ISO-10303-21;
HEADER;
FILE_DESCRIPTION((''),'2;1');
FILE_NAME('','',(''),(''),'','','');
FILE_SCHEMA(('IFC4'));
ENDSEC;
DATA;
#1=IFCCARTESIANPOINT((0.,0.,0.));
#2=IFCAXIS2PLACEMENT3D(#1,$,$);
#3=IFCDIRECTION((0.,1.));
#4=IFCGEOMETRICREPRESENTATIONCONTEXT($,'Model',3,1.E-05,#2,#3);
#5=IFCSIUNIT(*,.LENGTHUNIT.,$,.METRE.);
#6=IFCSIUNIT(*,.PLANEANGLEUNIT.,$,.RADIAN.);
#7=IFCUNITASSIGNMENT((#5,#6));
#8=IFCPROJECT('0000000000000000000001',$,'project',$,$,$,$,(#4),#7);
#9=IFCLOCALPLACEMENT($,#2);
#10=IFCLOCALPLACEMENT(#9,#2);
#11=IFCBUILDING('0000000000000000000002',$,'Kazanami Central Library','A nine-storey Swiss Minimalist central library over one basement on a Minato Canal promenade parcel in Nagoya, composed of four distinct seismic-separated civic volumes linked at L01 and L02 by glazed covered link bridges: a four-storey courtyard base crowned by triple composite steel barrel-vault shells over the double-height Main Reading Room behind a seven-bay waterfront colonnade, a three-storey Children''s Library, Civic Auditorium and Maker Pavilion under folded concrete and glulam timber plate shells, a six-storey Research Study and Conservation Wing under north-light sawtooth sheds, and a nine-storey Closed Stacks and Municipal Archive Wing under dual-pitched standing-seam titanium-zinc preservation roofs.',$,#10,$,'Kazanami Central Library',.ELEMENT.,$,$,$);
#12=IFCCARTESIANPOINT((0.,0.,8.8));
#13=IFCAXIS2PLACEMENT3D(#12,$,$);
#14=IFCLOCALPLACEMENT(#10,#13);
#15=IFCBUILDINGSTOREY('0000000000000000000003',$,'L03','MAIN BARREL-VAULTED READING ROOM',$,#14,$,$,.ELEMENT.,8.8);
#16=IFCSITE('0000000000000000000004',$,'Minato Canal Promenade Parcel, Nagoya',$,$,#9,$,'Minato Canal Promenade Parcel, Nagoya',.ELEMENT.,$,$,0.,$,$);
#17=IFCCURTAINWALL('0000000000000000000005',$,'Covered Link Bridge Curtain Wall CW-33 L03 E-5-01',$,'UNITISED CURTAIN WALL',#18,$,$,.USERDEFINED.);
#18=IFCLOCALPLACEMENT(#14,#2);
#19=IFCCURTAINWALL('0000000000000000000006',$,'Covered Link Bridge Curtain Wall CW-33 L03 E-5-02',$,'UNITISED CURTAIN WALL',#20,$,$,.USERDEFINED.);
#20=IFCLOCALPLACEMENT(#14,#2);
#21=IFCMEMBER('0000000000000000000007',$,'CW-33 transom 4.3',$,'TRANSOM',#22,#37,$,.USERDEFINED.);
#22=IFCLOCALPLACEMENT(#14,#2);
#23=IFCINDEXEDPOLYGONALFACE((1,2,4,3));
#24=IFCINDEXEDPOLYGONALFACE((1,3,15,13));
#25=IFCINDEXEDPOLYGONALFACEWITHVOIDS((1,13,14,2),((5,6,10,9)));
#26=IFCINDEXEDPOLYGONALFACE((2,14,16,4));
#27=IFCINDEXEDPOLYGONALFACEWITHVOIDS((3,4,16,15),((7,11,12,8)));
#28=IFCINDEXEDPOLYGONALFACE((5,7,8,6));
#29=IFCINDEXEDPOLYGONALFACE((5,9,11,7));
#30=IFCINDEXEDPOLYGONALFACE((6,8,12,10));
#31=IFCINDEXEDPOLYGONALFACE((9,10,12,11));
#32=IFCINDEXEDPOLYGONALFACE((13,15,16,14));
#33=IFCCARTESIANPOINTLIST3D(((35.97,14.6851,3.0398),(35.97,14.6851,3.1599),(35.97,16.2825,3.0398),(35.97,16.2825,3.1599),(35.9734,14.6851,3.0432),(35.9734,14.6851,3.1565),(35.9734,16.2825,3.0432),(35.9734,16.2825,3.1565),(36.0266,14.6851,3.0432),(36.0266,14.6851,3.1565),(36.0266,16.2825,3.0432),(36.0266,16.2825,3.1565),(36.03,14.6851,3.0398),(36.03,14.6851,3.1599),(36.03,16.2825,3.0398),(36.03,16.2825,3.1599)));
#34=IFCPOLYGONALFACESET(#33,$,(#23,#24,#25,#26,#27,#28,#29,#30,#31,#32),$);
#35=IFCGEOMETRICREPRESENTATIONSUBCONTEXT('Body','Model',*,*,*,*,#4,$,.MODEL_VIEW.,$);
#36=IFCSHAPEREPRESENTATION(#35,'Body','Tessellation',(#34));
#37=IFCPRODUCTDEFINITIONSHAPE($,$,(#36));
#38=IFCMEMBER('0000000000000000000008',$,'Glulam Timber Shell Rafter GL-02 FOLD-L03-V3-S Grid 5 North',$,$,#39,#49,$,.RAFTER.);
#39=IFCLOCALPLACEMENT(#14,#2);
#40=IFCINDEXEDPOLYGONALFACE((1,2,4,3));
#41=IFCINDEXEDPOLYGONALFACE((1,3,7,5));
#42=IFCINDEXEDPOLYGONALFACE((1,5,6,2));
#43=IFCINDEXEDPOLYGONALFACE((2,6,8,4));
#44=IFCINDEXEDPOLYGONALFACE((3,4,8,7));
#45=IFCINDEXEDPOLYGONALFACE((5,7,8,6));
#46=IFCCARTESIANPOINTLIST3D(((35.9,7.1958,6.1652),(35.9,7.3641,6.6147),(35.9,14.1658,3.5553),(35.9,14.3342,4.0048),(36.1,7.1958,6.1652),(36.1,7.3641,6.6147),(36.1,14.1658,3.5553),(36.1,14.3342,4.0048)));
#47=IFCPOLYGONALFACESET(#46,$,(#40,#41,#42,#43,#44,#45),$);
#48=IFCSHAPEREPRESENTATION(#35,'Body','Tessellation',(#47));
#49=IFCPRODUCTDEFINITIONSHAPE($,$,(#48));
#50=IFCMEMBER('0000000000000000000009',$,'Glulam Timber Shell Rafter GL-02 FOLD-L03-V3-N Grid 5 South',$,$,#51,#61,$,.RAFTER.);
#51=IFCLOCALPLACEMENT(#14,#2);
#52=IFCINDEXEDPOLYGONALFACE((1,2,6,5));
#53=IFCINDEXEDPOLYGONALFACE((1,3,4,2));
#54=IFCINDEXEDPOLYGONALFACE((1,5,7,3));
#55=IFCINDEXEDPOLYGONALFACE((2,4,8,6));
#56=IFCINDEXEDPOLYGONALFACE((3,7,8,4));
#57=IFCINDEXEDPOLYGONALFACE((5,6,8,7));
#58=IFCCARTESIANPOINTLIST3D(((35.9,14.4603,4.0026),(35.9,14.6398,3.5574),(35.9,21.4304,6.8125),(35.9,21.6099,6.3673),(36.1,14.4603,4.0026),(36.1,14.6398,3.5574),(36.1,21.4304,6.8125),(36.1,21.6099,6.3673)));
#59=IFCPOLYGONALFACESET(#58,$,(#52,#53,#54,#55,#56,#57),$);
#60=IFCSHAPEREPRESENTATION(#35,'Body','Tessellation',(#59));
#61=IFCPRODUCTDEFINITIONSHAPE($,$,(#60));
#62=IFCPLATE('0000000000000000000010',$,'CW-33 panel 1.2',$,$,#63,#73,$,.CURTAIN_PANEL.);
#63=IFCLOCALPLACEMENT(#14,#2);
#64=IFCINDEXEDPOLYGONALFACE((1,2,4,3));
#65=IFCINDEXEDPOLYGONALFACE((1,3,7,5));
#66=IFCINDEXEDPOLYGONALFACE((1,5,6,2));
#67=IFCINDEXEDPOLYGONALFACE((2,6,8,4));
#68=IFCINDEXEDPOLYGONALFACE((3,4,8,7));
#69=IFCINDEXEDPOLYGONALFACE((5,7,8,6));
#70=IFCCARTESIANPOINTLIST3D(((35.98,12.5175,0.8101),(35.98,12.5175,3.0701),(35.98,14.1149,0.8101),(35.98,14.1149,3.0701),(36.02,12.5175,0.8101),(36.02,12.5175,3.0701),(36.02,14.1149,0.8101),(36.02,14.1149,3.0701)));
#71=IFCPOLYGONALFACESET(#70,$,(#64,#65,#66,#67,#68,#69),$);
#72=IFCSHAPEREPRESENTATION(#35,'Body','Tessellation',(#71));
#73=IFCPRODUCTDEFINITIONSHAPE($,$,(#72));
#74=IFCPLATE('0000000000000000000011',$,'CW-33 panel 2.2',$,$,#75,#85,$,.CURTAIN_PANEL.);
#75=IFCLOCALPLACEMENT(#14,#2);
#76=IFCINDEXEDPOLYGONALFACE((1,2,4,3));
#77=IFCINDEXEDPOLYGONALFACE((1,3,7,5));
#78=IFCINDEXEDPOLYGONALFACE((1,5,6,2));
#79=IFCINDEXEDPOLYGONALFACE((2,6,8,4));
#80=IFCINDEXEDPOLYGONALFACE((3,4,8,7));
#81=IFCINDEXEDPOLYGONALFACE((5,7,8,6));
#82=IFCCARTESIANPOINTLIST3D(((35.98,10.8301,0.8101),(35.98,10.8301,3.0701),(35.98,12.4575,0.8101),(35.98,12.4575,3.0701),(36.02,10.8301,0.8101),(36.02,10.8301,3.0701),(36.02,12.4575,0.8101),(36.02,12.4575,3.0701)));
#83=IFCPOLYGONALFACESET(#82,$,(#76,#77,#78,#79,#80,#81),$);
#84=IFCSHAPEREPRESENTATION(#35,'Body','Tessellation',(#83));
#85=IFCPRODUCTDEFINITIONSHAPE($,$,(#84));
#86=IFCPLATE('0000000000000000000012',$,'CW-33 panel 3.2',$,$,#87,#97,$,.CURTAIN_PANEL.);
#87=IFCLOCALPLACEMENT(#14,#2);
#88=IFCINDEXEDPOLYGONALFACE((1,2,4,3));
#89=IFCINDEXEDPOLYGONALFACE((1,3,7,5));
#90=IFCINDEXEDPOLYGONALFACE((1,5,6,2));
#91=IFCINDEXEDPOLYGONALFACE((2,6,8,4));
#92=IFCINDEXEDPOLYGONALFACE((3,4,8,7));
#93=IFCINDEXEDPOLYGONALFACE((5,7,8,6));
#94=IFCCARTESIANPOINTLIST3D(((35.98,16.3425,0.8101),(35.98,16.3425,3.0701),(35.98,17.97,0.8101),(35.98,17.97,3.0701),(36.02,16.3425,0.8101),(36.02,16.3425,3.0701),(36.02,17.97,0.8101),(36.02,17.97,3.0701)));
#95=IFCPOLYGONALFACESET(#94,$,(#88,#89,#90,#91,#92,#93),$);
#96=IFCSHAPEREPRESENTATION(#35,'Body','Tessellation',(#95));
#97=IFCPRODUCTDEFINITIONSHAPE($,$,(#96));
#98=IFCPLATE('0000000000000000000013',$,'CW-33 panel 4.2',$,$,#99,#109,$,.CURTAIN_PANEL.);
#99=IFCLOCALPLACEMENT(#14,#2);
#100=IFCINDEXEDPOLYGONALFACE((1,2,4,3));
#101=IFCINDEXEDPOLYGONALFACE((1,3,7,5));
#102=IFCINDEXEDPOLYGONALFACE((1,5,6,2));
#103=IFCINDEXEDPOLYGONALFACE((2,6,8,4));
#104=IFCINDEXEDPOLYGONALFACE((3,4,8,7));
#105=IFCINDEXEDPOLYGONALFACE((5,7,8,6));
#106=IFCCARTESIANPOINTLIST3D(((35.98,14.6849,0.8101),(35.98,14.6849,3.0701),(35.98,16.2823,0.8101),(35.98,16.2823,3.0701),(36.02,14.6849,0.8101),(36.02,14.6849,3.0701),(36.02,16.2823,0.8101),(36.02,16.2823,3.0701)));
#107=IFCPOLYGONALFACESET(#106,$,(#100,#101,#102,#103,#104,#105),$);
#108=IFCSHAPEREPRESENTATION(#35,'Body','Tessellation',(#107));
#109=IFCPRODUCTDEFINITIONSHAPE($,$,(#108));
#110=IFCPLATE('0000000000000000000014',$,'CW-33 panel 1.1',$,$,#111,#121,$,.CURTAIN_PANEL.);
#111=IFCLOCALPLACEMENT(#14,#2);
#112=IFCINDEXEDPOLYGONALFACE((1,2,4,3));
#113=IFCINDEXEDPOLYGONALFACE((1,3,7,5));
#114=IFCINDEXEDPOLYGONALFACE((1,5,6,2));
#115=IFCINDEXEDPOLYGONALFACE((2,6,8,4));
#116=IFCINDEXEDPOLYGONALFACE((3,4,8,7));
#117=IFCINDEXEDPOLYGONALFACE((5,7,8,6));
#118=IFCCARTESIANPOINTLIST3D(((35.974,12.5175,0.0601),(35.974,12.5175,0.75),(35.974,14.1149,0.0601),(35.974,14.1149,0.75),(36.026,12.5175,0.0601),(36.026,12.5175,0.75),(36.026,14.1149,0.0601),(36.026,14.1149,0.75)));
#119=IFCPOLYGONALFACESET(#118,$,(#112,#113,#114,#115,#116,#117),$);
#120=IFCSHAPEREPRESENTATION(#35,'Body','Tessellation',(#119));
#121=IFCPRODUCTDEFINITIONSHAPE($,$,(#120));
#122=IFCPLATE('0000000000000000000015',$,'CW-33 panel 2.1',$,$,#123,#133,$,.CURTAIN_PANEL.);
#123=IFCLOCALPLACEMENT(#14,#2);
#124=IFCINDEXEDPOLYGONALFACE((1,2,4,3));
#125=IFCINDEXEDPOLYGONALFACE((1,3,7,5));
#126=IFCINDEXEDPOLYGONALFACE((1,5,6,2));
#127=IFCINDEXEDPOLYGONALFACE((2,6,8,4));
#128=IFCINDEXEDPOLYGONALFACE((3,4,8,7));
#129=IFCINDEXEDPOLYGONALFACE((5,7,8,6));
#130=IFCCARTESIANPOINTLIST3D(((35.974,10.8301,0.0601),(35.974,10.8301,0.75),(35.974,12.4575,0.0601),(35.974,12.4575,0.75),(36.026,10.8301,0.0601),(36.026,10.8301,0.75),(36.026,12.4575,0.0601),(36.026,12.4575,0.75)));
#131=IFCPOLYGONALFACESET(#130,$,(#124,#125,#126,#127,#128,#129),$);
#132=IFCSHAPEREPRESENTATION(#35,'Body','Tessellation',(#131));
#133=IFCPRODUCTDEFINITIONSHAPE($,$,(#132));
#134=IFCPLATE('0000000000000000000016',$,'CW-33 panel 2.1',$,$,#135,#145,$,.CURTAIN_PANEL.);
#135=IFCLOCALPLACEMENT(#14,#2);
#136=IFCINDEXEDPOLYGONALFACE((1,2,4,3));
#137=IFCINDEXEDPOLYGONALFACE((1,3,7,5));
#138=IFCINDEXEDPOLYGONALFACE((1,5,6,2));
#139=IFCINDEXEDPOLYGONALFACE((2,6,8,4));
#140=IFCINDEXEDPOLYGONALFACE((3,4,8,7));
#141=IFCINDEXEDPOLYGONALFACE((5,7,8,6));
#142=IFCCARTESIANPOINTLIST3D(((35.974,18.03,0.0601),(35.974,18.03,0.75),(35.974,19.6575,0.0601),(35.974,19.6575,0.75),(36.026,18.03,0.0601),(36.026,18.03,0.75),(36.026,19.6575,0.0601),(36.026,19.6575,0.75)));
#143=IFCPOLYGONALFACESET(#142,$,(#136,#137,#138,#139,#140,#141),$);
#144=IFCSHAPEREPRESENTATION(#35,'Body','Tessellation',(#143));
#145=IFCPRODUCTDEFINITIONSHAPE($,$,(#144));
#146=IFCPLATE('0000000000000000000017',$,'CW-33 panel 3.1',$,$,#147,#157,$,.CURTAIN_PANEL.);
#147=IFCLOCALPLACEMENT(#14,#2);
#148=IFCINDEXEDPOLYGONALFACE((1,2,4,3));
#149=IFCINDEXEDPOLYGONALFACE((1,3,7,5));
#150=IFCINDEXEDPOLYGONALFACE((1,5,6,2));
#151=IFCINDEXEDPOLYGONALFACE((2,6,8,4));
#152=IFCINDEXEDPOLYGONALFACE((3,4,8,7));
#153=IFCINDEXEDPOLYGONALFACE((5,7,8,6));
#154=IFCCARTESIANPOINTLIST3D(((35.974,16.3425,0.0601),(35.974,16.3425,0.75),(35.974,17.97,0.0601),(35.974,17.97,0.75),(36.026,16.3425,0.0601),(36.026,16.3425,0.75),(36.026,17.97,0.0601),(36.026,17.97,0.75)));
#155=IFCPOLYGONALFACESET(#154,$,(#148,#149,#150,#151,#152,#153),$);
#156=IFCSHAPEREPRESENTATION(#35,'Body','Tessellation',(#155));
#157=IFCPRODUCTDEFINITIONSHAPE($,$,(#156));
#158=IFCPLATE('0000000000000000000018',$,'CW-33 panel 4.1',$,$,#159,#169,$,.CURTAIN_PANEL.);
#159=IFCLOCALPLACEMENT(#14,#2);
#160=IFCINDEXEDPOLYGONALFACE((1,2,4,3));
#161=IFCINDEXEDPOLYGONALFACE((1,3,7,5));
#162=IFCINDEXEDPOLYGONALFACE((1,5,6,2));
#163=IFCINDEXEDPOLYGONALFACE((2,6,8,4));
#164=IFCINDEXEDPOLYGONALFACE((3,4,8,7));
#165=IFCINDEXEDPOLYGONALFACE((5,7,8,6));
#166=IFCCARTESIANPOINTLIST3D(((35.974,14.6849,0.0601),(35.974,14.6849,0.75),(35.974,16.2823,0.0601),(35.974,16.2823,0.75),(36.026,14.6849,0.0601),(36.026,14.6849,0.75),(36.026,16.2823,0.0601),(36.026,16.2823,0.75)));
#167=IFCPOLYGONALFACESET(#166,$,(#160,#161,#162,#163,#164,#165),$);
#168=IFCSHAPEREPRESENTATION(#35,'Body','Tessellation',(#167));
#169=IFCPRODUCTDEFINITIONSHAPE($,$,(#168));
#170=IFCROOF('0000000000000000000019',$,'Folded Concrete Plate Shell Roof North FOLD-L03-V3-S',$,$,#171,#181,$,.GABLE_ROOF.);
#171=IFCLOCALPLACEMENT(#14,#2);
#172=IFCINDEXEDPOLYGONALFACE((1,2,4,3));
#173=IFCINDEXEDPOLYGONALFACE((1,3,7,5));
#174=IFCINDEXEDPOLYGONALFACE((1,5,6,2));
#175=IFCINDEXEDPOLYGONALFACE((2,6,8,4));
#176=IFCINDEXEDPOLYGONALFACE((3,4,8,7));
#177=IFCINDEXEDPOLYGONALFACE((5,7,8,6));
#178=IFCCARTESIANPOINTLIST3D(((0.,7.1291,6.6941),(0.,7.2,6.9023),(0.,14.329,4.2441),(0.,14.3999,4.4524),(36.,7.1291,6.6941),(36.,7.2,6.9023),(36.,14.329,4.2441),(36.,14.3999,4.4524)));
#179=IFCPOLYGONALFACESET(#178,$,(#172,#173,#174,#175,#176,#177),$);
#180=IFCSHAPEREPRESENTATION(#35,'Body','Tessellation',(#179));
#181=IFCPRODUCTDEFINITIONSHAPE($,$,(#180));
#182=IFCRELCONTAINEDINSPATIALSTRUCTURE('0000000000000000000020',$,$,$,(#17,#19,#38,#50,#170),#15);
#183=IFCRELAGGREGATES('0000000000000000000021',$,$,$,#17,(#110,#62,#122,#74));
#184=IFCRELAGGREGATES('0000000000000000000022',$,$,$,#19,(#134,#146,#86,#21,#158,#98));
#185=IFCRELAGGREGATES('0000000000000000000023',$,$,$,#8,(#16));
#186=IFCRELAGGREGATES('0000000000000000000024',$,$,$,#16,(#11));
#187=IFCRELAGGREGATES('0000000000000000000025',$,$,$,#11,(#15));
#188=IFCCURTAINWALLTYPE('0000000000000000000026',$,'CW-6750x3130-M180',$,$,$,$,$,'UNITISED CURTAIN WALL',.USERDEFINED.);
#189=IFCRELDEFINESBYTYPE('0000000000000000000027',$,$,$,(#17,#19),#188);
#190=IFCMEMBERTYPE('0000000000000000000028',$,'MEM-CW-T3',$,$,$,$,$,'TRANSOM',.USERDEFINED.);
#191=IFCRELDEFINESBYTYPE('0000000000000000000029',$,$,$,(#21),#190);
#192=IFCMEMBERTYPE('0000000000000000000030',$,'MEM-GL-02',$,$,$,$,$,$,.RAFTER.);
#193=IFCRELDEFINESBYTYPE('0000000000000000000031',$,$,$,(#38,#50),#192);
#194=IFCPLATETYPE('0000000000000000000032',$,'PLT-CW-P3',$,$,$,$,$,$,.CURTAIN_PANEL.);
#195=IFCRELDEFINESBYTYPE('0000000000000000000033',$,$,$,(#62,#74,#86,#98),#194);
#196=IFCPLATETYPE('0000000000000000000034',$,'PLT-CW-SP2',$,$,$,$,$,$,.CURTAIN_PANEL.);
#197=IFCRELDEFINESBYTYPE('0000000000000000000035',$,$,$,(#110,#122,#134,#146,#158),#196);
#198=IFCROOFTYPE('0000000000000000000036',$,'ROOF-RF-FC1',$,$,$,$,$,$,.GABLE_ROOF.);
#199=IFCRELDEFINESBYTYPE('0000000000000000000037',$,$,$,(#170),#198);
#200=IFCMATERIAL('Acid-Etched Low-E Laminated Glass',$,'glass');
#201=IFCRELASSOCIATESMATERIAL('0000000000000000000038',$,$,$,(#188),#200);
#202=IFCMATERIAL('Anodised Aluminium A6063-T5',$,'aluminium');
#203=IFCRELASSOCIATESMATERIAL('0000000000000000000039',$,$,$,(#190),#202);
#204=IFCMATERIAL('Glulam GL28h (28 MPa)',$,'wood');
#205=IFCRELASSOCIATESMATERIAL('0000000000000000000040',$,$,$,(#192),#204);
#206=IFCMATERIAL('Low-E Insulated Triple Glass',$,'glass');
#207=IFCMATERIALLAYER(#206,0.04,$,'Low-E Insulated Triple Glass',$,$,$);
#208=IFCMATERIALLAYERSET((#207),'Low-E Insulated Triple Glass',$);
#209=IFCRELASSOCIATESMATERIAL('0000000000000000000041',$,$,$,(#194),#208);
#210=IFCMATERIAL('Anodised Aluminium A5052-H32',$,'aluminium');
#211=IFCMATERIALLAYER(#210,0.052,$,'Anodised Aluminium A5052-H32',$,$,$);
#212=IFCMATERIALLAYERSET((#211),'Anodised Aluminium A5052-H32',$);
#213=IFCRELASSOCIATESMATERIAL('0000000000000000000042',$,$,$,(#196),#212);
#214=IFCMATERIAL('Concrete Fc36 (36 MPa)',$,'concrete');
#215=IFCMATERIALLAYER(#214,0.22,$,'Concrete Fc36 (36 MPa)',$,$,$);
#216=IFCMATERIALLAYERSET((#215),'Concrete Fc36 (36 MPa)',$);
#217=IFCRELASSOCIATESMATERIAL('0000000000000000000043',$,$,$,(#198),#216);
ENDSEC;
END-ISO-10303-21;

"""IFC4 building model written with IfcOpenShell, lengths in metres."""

from ifc_helpers import new_model, si_unit, direction, frame, origin, origin_2d, place, context, subcontext, project, spatial, polyline, rectangle, hollow_rectangle, outline, extrude, material, layer, layer_set, material_profile, profile_set, type_object, element, aggregate, save


model = new_model("IFC4")

# Units and contexts
model_context = context("Model", 3, precision=1e-05, world=origin(), true_north=direction((0.0, 1.0)))
body_context = subcontext(model_context, "Body", "Model", "MODEL_VIEW")
ifc_project = project(units=[si_unit("LENGTHUNIT", "METRE"), si_unit("PLANEANGLEUNIT", "RADIAN")], contexts=[model_context])

# Site, building, storey
site_placement = place(None, origin())
site = spatial("IfcSite", under=ifc_project, at=site_placement, Name="Minato Canal Promenade Parcel, Nagoya", LongName="Minato Canal Promenade Parcel, Nagoya", CompositionType="ELEMENT", RefElevation=0.0)
building_placement = place(site_placement, origin())
building = spatial("IfcBuilding", under=site, at=building_placement, Name="Kazanami Central Library", Description="A nine-storey Swiss Minimalist central library over one basement on a Minato Canal promenade parcel in Nagoya, composed of four distinct seismic-separated civic volumes linked at L01 and L02 by glazed covered link bridges: a four-storey courtyard base crowned by triple composite steel barrel-vault shells over the double-height Main Reading Room behind a seven-bay waterfront colonnade, a three-storey Children's Library, Civic Auditorium and Maker Pavilion under folded concrete and glulam timber plate shells, a six-storey Research Study and Conservation Wing under north-light sawtooth sheds, and a nine-storey Closed Stacks and Municipal Archive Wing under dual-pitched standing-seam titanium-zinc preservation roofs.", LongName="Kazanami Central Library", CompositionType="ELEMENT")
storey_placement = place(building_placement, frame((0.0, 0.0, 8.8)))
storey = spatial("IfcBuildingStorey", under=building, at=storey_placement, Name="L03", Description="MAIN BARREL-VAULTED READING ROOM", CompositionType="ELEMENT", Elevation=8.8)

# Curtain walls
ifc_material_1 = material(Name="Acid-Etched Low-E Laminated Glass", Category="glass")
curtain_wall_type = type_object("IfcCurtainWallType", Name="CW-6750x3130-M180", ElementType="UNITISED CURTAIN WALL", PredefinedType="USERDEFINED", material=ifc_material_1)
curtain_wall_1_placement = place(storey_placement, origin())
curtain_wall_1 = element("IfcCurtainWall", 1, at=curtain_wall_1_placement, inside=storey, type_object=curtain_wall_type, Name="Covered Link Bridge Curtain Wall CW-33 L03 E-5-01", ObjectType="UNITISED CURTAIN WALL", PredefinedType="USERDEFINED")
ifc_material_2 = material(Name="Anodised Aluminium A6063-T5", Category="aluminium")
curtain_wall_2_placement = place(storey_placement, origin())
curtain_wall_2 = element("IfcCurtainWall", 2, at=curtain_wall_2_placement, inside=storey, type_object=curtain_wall_type, Name="Covered Link Bridge Curtain Wall CW-33 L03 E-5-02", ObjectType="UNITISED CURTAIN WALL", PredefinedType="USERDEFINED")

# Member
ifc_material_profile_1 = material_profile(ifc_material_2, hollow_rectangle(XDim=0.0601, YDim=0.1201, WallThickness=0.0034, at=origin_2d()), Name="ALU-TRAN-60x120x3.5")
ifc_profile_set_1 = profile_set([ifc_material_profile_1], Name="Anodised Aluminium A6063-T5")
member_type_1 = type_object("IfcMemberType", Name="MEM-CW-T3", ElementType="TRANSOM", PredefinedType="USERDEFINED", material=ifc_profile_set_1)
member_1_placement = place(storey_placement, frame((36.0, 16.2825, 3.0999), z_axis=(0.0, -1.0, 0.0), x_axis=(1.0, 0.0, 0.0)))
member_1 = element("IfcMember", 3, at=member_1_placement, type_object=member_type_1, Name="CW-33 transom 4.3", ObjectType="TRANSOM", PredefinedType="USERDEFINED", context=body_context, shape_type="SweptSolid", body=[
    extrude(hollow_rectangle(XDim=0.0601, YDim=0.1201, WallThickness=0.0034, at=origin_2d()), origin(), (0.0, 0.0, 1.0), 1.5974),
])

# Members
ifc_material_3 = material(Name="Glulam GL28h (28 MPa)", Category="wood")
ifc_material_profile_2 = material_profile(ifc_material_3, rectangle(XDim=0.2, YDim=0.48, at=origin_2d()), Name="GL28h-200x480")
ifc_profile_set_2 = profile_set([ifc_material_profile_2], Name="Glulam GL28h (28 MPa)")
member_type_2 = type_object("IfcMemberType", Name="MEM-GL-02", PredefinedType="RAFTER", material=ifc_profile_set_2)
member_2_placement = place(storey_placement, frame((36.0, 14.25, 3.78), z_axis=(0.0, -0.9365, 0.350667), x_axis=(1.0, 0.0, 0.0)))
element("IfcMember", 4, at=member_2_placement, inside=storey, type_object=member_type_2, Name="Glulam Timber Shell Rafter GL-02 FOLD-L03-V3-S Grid 5 North", PredefinedType="RAFTER", context=body_context, shape_type="SweptSolid", body=[
    extrude(rectangle(XDim=0.2, YDim=0.48, at=origin_2d()), origin(), (0.0, 0.0, 1.0), 7.4426),
])
member_3_placement = place(storey_placement, frame((36.0, 14.55, 3.78), z_axis=(0.0, 0.927472, 0.373893), x_axis=(-1.0, 0.0, 0.0)))
element("IfcMember", 5, at=member_3_placement, inside=storey, type_object=member_type_2, Name="Glulam Timber Shell Rafter GL-02 FOLD-L03-V3-N Grid 5 South", PredefinedType="RAFTER", context=body_context, shape_type="SweptSolid", body=[
    extrude(rectangle(XDim=0.2, YDim=0.48, at=origin_2d()), origin(), (0.0, 0.0, 1.0), 7.5151),
])

# Plates
ifc_material_4 = material(Name="Low-E Insulated Triple Glass", Category="glass")
ifc_layer_1 = layer(ifc_material_4, 0.04, Name="Low-E Insulated Triple Glass")
ifc_layer_set_1 = layer_set([ifc_layer_1], Name="Low-E Insulated Triple Glass")
plate_type_1 = type_object("IfcPlateType", Name="PLT-CW-P3", PredefinedType="CURTAIN_PANEL", material=ifc_layer_set_1)
plate_1_placement = place(storey_placement, frame((36.0, 13.3162, 0.8101), z_axis=(0.0, 0.0, 1.0), x_axis=(0.0, -1.0, 0.0)))
plate_1 = element("IfcPlate", 6, at=plate_1_placement, type_object=plate_type_1, Name="CW-33 panel 1.2", PredefinedType="CURTAIN_PANEL", context=body_context, shape_type="SweptSolid", body=[
    extrude(rectangle(XDim=1.5974, YDim=0.04, at=origin_2d()), origin(), (0.0, 0.0, 1.0), 2.26),
])
plate_2_placement = place(storey_placement, frame((36.0, 11.6438, 0.8101), z_axis=(0.0, 0.0, 1.0), x_axis=(0.0, -1.0, 0.0)))
plate_2 = element("IfcPlate", 7, at=plate_2_placement, type_object=plate_type_1, Name="CW-33 panel 2.2", PredefinedType="CURTAIN_PANEL", context=body_context, shape_type="SweptSolid", body=[
    extrude(rectangle(XDim=1.6274, YDim=0.04, at=origin_2d()), origin(), (0.0, 0.0, 1.0), 2.26),
])
plate_3_placement = place(storey_placement, frame((36.0, 17.1562, 0.8101), z_axis=(0.0, 0.0, 1.0), x_axis=(0.0, -1.0, 0.0)))
plate_3 = element("IfcPlate", 8, at=plate_3_placement, type_object=plate_type_1, Name="CW-33 panel 3.2", PredefinedType="CURTAIN_PANEL", context=body_context, shape_type="SweptSolid", body=[
    extrude(rectangle(XDim=1.6274, YDim=0.04, at=origin_2d()), origin(), (0.0, 0.0, 1.0), 2.26),
])
plate_4_placement = place(storey_placement, frame((36.0, 15.4836, 0.8101), z_axis=(0.0, 0.0, 1.0), x_axis=(0.0, -1.0, 0.0)))
plate_4 = element("IfcPlate", 9, at=plate_4_placement, type_object=plate_type_1, Name="CW-33 panel 4.2", PredefinedType="CURTAIN_PANEL", context=body_context, shape_type="SweptSolid", body=[
    extrude(rectangle(XDim=1.5974, YDim=0.04, at=origin_2d()), origin(), (0.0, 0.0, 1.0), 2.26),
])
ifc_material_5 = material(Name="Anodised Aluminium A5052-H32", Category="aluminium")
ifc_layer_2 = layer(ifc_material_5, 0.052, Name="Anodised Aluminium A5052-H32")
ifc_layer_set_2 = layer_set([ifc_layer_2], Name="Anodised Aluminium A5052-H32")
plate_type_2 = type_object("IfcPlateType", Name="PLT-CW-SP2", PredefinedType="CURTAIN_PANEL", material=ifc_layer_set_2)
plate_5_placement = place(storey_placement, frame((36.0, 13.3162, 0.0601), z_axis=(0.0, 0.0, 1.0), x_axis=(0.0, -1.0, 0.0)))
plate_5 = element("IfcPlate", 10, at=plate_5_placement, type_object=plate_type_2, Name="CW-33 panel 1.1", PredefinedType="CURTAIN_PANEL", context=body_context, shape_type="SweptSolid", body=[
    extrude(rectangle(XDim=1.5974, YDim=0.052, at=origin_2d()), origin(), (0.0, 0.0, 1.0), 0.6899),
])
plate_6_placement = place(storey_placement, frame((36.0, 11.6438, 0.0601), z_axis=(0.0, 0.0, 1.0), x_axis=(0.0, -1.0, 0.0)))
plate_6 = element("IfcPlate", 11, at=plate_6_placement, type_object=plate_type_2, Name="CW-33 panel 2.1", PredefinedType="CURTAIN_PANEL", context=body_context, shape_type="SweptSolid", body=[
    extrude(rectangle(XDim=1.6274, YDim=0.052, at=origin_2d()), origin(), (0.0, 0.0, 1.0), 0.6899),
])
aggregate(curtain_wall_1, [plate_5, plate_1, plate_6, plate_2])
plate_7_placement = place(storey_placement, frame((36.0, 18.8438, 0.0601), z_axis=(0.0, 0.0, 1.0), x_axis=(0.0, -1.0, 0.0)))
plate_7 = element("IfcPlate", 12, at=plate_7_placement, type_object=plate_type_2, Name="CW-33 panel 2.1", PredefinedType="CURTAIN_PANEL", context=body_context, shape_type="SweptSolid", body=[
    extrude(rectangle(XDim=1.6274, YDim=0.052, at=origin_2d()), origin(), (0.0, 0.0, 1.0), 0.6899),
])
plate_8_placement = place(storey_placement, frame((36.0, 17.1562, 0.0601), z_axis=(0.0, 0.0, 1.0), x_axis=(0.0, -1.0, 0.0)))
plate_8 = element("IfcPlate", 13, at=plate_8_placement, type_object=plate_type_2, Name="CW-33 panel 3.1", PredefinedType="CURTAIN_PANEL", context=body_context, shape_type="SweptSolid", body=[
    extrude(rectangle(XDim=1.6274, YDim=0.052, at=origin_2d()), origin(), (0.0, 0.0, 1.0), 0.6899),
])
plate_9_placement = place(storey_placement, frame((36.0, 15.4836, 0.0601), z_axis=(0.0, 0.0, 1.0), x_axis=(0.0, -1.0, 0.0)))
plate_9 = element("IfcPlate", 14, at=plate_9_placement, type_object=plate_type_2, Name="CW-33 panel 4.1", PredefinedType="CURTAIN_PANEL", context=body_context, shape_type="SweptSolid", body=[
    extrude(rectangle(XDim=1.5974, YDim=0.052, at=origin_2d()), origin(), (0.0, 0.0, 1.0), 0.6899),
])
aggregate(curtain_wall_2, [plate_7, plate_8, plate_3, member_1, plate_9, plate_4])

# Roof
ifc_material_6 = material(Name="Concrete Fc36 (36 MPa)", Category="concrete")
ifc_layer_3 = layer(ifc_material_6, 0.22, Name="Concrete Fc36 (36 MPa)")
ifc_layer_set_3 = layer_set([ifc_layer_3], Name="Concrete Fc36 (36 MPa)")
roof_type = type_object("IfcRoofType", Name="ROOF-RF-FC1", PredefinedType="GABLE_ROOF", material=ifc_layer_set_3)
roof_placement = place(storey_placement, frame((36.0, 14.3999, 4.4524), z_axis=(0.0, 0.322135, 0.946694), x_axis=(-1.0, 0.0, 0.0)))
element("IfcRoof", 15, at=roof_placement, inside=storey, type_object=roof_type, Name="Folded Concrete Plate Shell Roof North FOLD-L03-V3-S", PredefinedType="GABLE_ROOF", context=body_context, shape_type="SweptSolid", body=[
    extrude(outline(polyline([(0.0, 0.0), (36.0, 0.0), (36.0, 7.6054), (0.0, 7.6054), (0.0, 0.0)])), origin(), (0.0, 0.0, -1.0), 0.22),
])

save(model, "model.ifc")
